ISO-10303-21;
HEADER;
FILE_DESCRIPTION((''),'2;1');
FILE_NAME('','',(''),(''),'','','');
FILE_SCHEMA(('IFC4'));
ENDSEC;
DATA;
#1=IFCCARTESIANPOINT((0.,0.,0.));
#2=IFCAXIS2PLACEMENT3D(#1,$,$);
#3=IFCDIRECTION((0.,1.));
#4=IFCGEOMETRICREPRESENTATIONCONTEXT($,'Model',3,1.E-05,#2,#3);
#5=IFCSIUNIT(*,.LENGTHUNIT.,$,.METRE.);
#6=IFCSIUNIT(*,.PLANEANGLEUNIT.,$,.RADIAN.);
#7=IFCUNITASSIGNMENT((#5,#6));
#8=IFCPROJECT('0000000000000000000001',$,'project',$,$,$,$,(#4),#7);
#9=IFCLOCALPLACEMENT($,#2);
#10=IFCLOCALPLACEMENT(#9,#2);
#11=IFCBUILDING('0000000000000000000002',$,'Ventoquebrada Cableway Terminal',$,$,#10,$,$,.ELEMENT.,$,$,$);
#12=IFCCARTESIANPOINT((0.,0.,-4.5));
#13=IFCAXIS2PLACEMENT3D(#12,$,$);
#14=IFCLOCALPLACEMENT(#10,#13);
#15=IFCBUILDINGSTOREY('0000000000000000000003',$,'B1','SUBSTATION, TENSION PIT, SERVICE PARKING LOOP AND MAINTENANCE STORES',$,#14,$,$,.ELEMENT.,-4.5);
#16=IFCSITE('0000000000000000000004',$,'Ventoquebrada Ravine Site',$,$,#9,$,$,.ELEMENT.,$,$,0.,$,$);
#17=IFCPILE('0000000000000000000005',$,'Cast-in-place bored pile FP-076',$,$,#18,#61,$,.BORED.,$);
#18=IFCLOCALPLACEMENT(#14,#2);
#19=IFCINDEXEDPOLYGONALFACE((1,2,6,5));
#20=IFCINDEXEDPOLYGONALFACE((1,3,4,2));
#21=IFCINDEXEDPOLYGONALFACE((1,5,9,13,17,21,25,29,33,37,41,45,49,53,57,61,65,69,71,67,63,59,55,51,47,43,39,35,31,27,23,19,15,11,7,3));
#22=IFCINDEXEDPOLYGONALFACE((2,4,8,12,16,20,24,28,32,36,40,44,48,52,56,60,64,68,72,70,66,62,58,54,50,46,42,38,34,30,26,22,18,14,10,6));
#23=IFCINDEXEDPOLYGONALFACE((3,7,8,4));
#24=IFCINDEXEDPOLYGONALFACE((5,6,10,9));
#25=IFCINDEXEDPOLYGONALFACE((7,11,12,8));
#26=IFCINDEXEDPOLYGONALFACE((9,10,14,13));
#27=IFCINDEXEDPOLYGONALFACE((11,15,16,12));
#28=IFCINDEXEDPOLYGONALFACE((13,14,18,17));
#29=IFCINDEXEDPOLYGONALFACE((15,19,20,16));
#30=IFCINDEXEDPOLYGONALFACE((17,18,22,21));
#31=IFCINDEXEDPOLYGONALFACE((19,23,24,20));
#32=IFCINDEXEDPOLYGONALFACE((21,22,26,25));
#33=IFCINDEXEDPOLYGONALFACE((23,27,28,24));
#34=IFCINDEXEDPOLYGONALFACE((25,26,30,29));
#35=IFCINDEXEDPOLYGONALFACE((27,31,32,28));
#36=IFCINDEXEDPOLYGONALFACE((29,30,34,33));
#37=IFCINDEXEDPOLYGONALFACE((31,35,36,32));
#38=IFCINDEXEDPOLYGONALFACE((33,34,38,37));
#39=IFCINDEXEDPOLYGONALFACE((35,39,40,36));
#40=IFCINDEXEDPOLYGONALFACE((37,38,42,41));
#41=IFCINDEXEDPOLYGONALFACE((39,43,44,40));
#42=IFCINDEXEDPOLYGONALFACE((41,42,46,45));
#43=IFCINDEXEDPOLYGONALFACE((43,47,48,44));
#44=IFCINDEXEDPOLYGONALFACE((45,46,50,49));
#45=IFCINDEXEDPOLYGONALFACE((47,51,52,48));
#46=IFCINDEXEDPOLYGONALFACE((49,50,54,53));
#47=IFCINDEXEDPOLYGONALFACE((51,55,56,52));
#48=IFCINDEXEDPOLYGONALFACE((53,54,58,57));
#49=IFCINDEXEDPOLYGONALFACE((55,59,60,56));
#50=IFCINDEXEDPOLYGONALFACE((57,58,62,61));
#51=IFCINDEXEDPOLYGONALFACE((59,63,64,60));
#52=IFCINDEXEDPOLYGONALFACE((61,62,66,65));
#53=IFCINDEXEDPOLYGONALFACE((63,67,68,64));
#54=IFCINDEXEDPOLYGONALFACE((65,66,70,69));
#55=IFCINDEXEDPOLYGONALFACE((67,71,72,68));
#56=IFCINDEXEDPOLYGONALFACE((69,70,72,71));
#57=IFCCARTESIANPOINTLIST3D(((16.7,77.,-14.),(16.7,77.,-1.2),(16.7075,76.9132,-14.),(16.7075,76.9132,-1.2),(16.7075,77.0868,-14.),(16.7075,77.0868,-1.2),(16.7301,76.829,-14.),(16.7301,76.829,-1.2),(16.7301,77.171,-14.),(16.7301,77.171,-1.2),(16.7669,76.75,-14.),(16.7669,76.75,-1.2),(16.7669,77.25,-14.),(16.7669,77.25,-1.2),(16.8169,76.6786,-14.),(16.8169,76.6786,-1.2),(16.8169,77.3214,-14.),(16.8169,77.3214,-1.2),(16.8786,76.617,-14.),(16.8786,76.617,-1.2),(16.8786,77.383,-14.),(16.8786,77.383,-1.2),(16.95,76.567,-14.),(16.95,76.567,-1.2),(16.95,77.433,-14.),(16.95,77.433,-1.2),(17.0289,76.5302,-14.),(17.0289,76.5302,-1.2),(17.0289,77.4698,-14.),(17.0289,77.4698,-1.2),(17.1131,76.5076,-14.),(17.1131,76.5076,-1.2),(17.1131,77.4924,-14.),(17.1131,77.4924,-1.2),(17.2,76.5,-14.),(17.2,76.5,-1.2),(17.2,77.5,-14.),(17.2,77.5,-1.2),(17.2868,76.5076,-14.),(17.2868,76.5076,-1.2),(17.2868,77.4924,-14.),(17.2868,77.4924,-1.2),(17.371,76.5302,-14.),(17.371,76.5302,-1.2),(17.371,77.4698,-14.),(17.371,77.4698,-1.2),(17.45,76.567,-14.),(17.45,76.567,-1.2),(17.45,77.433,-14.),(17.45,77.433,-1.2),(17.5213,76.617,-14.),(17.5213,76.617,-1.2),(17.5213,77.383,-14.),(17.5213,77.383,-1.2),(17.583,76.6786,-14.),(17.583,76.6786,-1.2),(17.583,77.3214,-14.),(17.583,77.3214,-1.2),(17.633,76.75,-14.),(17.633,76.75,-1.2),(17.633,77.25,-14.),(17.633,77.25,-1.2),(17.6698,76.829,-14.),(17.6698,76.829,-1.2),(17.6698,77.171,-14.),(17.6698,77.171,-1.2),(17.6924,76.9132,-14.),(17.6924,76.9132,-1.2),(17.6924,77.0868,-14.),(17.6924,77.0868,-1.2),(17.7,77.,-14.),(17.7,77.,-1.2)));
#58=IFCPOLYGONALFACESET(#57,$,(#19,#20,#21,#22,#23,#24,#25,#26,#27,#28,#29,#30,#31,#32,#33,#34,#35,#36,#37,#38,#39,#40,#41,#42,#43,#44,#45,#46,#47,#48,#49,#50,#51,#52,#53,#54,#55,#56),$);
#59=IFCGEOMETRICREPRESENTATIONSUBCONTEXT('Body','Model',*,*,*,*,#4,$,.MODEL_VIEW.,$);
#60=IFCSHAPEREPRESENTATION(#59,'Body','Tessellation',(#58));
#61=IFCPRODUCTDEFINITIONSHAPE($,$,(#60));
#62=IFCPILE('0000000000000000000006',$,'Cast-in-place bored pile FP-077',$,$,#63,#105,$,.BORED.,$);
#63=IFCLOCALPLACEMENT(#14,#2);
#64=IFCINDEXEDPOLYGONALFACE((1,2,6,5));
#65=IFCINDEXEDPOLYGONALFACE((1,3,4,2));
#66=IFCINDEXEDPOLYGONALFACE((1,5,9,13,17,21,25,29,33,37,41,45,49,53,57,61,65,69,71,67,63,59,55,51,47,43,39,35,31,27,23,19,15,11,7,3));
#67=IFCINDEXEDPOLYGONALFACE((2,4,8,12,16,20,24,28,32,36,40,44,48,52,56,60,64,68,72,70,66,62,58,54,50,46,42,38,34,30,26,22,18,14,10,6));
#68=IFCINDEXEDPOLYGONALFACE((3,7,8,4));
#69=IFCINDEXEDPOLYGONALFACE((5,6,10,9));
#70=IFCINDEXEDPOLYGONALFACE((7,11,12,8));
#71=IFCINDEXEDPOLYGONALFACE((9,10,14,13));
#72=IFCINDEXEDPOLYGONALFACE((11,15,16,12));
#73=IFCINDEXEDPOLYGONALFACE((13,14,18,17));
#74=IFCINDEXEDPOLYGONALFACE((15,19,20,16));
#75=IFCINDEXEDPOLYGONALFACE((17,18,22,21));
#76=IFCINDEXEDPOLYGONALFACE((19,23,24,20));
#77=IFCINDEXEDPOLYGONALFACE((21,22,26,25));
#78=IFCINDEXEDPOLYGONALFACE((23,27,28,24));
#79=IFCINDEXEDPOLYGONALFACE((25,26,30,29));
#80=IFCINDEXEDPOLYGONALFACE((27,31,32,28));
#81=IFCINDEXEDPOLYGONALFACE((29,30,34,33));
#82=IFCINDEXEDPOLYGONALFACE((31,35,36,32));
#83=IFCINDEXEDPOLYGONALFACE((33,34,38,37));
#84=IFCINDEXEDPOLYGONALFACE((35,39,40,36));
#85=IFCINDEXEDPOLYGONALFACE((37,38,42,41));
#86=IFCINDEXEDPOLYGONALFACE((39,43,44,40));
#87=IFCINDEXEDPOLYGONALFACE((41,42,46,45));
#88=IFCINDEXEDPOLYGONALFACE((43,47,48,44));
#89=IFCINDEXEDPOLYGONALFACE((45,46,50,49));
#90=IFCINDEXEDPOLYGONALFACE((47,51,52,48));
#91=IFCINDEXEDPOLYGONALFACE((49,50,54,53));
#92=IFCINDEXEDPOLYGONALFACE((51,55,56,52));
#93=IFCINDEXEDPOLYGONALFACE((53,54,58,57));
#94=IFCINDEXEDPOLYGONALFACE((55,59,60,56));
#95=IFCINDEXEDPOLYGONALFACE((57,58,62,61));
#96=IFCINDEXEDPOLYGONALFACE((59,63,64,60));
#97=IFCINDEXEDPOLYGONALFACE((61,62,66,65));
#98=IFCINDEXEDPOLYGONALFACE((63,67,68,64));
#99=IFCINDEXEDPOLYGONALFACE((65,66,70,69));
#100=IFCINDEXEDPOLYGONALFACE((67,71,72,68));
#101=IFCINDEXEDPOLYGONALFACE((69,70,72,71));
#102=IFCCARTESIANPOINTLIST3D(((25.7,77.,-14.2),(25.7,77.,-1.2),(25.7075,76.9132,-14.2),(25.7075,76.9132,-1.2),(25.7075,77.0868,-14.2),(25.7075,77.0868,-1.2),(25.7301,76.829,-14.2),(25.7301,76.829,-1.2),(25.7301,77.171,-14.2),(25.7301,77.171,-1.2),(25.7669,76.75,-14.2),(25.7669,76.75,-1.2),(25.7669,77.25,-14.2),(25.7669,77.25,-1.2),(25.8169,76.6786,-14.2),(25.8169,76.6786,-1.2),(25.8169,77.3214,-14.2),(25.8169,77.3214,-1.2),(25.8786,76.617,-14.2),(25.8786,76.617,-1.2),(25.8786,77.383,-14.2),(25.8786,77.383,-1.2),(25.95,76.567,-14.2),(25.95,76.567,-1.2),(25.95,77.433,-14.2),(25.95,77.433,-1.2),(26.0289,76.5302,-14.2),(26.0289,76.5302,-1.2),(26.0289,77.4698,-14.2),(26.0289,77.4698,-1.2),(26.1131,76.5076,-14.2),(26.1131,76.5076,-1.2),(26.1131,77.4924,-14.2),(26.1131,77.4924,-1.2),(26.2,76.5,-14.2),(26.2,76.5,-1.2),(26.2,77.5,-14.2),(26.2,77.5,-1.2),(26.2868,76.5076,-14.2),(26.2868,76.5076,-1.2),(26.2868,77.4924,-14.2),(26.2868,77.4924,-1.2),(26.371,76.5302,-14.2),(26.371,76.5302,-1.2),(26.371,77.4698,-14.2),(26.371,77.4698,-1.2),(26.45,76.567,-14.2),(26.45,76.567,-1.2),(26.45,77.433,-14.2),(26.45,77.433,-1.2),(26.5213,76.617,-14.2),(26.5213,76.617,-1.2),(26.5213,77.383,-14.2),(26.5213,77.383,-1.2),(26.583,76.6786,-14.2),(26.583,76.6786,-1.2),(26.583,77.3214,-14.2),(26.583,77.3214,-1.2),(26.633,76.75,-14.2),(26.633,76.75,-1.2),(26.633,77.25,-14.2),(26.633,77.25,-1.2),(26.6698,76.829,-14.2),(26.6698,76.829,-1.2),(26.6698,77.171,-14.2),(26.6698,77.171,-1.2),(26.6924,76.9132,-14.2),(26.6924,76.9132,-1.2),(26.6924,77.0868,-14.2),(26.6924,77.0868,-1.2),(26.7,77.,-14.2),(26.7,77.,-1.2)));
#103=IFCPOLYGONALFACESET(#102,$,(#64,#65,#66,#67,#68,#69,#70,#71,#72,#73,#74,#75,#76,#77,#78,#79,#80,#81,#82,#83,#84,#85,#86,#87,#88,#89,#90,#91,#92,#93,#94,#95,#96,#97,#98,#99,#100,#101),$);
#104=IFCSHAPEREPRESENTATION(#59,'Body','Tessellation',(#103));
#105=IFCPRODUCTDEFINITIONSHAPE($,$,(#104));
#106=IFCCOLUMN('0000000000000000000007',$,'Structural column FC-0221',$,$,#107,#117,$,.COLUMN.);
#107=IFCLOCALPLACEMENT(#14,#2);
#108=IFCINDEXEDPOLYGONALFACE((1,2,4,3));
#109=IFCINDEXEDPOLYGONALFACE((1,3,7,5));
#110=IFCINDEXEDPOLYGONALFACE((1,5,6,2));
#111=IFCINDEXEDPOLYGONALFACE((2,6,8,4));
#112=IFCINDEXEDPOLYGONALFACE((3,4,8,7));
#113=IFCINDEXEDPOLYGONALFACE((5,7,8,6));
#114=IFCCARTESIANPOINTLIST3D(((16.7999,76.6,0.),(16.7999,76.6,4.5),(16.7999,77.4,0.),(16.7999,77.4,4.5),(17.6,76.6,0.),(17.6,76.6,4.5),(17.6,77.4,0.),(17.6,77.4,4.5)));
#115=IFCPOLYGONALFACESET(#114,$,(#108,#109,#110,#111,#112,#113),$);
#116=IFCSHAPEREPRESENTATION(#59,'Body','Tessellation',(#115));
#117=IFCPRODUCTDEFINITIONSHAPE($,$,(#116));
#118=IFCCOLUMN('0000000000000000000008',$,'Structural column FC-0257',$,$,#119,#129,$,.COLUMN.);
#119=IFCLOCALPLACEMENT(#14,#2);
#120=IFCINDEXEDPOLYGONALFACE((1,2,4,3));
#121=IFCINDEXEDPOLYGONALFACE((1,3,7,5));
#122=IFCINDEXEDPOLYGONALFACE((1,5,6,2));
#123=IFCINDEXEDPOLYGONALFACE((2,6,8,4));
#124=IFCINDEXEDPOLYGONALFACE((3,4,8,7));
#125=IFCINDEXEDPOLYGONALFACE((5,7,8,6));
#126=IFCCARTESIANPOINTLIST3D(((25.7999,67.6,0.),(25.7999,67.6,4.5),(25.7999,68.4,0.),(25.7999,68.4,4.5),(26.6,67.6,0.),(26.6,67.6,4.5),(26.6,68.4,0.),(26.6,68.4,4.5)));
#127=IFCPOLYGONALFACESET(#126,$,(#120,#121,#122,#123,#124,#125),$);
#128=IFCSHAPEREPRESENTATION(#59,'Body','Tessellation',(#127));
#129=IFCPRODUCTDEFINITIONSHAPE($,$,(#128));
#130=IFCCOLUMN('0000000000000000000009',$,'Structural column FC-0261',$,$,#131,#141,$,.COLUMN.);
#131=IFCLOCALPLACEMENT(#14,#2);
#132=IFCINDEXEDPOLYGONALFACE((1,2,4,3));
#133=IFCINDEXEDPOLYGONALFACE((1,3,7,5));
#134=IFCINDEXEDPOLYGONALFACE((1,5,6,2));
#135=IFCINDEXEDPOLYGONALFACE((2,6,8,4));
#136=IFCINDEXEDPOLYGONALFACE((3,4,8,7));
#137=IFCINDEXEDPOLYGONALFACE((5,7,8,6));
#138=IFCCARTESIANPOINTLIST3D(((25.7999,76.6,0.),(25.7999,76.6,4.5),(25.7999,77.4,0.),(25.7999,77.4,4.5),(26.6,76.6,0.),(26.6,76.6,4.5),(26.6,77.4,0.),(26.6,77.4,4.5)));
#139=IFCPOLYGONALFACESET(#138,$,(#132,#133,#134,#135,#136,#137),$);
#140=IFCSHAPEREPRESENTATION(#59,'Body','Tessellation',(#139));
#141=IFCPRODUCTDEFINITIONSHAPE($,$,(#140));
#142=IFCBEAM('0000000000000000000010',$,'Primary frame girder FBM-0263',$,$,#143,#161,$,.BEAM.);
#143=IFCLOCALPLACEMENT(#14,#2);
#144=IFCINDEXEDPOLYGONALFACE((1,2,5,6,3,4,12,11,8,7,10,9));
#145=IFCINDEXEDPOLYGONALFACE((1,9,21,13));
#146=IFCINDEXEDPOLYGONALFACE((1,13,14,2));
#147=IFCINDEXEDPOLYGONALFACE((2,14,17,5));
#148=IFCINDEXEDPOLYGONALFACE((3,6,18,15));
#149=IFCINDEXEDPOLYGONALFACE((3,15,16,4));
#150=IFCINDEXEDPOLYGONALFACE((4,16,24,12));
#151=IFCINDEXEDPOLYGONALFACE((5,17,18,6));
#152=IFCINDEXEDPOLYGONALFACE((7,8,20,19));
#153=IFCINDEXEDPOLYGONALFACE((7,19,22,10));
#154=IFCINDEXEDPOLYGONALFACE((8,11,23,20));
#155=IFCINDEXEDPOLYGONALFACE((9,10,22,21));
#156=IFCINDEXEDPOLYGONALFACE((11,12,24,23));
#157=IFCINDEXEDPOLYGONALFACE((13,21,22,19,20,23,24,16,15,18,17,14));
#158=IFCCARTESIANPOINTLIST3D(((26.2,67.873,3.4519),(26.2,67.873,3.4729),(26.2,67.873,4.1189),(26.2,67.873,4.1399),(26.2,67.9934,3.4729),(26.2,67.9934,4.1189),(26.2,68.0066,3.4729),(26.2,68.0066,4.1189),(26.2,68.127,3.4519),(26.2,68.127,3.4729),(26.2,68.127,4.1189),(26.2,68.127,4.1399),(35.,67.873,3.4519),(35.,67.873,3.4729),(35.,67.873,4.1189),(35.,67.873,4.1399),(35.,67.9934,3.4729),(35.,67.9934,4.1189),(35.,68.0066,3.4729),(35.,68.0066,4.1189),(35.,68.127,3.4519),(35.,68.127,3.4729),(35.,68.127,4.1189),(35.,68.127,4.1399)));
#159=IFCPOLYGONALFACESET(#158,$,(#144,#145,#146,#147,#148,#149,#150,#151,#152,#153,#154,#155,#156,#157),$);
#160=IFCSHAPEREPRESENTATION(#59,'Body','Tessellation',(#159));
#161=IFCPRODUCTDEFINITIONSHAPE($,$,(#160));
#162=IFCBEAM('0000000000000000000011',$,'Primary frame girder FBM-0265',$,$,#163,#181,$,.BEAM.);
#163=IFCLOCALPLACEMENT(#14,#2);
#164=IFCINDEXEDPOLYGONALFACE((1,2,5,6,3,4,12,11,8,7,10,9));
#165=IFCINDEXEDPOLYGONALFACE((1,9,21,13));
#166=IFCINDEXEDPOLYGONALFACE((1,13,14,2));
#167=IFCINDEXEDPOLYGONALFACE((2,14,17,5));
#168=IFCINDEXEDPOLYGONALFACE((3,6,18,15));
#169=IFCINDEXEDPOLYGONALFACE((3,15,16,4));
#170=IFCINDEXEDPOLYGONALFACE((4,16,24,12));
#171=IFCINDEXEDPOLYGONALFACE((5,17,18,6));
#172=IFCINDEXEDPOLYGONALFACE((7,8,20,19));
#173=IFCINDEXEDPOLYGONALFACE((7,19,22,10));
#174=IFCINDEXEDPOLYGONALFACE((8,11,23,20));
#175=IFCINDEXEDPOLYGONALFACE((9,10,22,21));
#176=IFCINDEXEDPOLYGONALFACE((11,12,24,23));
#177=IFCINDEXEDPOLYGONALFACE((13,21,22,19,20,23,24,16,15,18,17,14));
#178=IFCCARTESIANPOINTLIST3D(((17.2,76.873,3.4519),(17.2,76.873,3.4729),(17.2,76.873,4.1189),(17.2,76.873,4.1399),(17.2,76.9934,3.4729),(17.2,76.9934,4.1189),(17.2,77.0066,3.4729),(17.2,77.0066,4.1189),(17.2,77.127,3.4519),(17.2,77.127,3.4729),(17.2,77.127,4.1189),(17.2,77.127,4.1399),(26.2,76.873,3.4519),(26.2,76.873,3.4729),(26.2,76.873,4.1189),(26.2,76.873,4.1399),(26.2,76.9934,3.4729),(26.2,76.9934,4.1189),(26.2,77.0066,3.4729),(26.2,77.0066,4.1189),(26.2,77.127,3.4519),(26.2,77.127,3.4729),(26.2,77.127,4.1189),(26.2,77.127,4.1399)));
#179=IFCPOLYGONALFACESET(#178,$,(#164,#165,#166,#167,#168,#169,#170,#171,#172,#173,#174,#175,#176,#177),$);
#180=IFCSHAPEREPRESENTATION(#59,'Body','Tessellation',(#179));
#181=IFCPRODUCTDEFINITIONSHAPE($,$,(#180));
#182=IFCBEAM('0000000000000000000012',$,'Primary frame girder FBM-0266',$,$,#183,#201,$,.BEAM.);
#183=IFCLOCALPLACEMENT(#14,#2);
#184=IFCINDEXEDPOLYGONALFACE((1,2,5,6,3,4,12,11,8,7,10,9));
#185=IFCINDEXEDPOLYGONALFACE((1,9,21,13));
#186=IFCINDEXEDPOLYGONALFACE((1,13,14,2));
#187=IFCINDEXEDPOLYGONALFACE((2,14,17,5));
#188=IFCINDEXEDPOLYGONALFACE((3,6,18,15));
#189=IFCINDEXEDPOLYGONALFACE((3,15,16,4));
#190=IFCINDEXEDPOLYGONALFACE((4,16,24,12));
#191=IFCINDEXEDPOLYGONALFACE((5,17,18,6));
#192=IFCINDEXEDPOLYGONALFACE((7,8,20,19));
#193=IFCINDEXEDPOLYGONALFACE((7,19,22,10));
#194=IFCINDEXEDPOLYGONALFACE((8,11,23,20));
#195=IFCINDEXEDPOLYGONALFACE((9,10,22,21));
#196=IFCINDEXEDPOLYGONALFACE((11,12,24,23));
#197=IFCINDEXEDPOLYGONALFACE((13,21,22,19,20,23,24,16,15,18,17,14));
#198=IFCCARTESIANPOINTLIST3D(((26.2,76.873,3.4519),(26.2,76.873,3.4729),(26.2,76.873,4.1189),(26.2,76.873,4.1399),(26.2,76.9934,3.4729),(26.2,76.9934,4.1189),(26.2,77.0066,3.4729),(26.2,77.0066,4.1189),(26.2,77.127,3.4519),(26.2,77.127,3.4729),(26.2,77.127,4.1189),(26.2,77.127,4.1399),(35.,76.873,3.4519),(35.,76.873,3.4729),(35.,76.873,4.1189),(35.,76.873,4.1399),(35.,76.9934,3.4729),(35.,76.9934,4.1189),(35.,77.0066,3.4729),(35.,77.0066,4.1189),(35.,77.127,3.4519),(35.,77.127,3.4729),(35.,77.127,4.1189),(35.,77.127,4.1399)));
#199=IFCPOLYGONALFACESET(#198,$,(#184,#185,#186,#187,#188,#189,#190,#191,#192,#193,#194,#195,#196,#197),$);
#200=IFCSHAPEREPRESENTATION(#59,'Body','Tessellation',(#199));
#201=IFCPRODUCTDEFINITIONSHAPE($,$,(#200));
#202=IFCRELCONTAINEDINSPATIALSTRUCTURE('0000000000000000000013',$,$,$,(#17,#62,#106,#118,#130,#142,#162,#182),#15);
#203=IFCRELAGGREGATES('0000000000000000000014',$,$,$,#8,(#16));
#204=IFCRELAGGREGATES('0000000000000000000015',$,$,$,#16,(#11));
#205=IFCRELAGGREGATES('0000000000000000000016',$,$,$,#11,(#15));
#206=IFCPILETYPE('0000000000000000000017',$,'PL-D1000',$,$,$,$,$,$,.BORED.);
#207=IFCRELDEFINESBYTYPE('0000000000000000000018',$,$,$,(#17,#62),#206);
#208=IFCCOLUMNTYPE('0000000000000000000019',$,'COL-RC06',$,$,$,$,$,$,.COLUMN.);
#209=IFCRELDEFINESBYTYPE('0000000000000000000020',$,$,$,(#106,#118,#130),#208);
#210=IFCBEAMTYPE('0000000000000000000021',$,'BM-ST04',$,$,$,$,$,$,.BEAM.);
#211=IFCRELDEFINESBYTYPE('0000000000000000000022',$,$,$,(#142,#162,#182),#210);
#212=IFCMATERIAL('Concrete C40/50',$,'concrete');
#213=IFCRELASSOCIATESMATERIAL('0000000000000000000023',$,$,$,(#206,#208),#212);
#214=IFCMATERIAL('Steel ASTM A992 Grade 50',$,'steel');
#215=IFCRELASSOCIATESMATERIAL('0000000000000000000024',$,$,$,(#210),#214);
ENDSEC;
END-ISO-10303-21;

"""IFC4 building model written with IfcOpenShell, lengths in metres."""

from ifc_helpers import new_model, si_unit, direction, frame, origin, origin_2d, place, context, subcontext, project, spatial, rectangle, circle, i_section, extrude, material, material_profile, profile_set, type_object, element, save


model = new_model("IFC4")

# Units and contexts
model_context = context("Model", 3, precision=1e-05, world=origin(), true_north=direction((0.0, 1.0)))
body_context = subcontext(model_context, "Body", "Model", "MODEL_VIEW")
ifc_project = project(units=[si_unit("LENGTHUNIT", "METRE"), si_unit("PLANEANGLEUNIT", "RADIAN")], contexts=[model_context])

# Site, building, storey
site_placement = place(None, origin())
site = spatial("IfcSite", under=ifc_project, at=site_placement, Name="Ventoquebrada Ravine Site", CompositionType="ELEMENT", RefElevation=0.0)
building_placement = place(site_placement, origin())
building = spatial("IfcBuilding", under=site, at=building_placement, Name="Ventoquebrada Cableway Terminal", CompositionType="ELEMENT")
storey_placement = place(building_placement, frame((0.0, 0.0, -4.5)))
storey = spatial("IfcBuildingStorey", under=building, at=storey_placement, Name="B1", Description="SUBSTATION, TENSION PIT, SERVICE PARKING LOOP AND MAINTENANCE STORES", CompositionType="ELEMENT", Elevation=-4.5)

# Shared definitions
ifc_material_1 = material(Name="Concrete C40/50", Category="concrete")

# Piles
ifc_material_profile_1 = material_profile(ifc_material_1, circle(Radius=0.5, at=origin_2d()), Name="PILE-D1000")
ifc_profile_set_1 = profile_set([ifc_material_profile_1], Name="Concrete C40/50")
pile_type = type_object("IfcPileType", Name="PL-D1000", PredefinedType="BORED", material=ifc_profile_set_1)
pile_1_placement = place(storey_placement, frame((17.2, 77.0, -1.2), z_axis=(0.0, 0.0, -1.0), x_axis=(1.0, 0.0, 0.0)))
element("IfcPile", 1, at=pile_1_placement, inside=storey, type_object=pile_type, Name="Cast-in-place bored pile FP-076", PredefinedType="BORED", context=body_context, shape_type="SweptSolid", body=[
    extrude(circle(Radius=0.5, at=origin_2d()), origin(), (0.0, 0.0, 1.0), 12.8),
])
pile_2_placement = place(storey_placement, frame((26.2, 77.0, -1.2), z_axis=(0.0, 0.0, -1.0), x_axis=(1.0, 0.0, 0.0)))
element("IfcPile", 2, at=pile_2_placement, inside=storey, type_object=pile_type, Name="Cast-in-place bored pile FP-077", PredefinedType="BORED", context=body_context, shape_type="SweptSolid", body=[
    extrude(circle(Radius=0.5, at=origin_2d()), origin(), (0.0, 0.0, 1.0), 13.0),
])

# Columns
ifc_material_profile_2 = material_profile(ifc_material_1, rectangle(XDim=0.8, YDim=0.8, at=origin_2d()), Name="RC-COL-800X800")
ifc_profile_set_2 = profile_set([ifc_material_profile_2], Name="Concrete C40/50")
column_type = type_object("IfcColumnType", Name="COL-RC06", PredefinedType="COLUMN", material=ifc_profile_set_2)
for number, where, z_axis, x_axis, name in (
    (3, (17.2, 77.0, 0.0), (0.0, 0.0, 1.0), (1.0, 0.0, 0.0), "Structural column FC-0221"),
    (4, (26.2, 68.0, 0.0), (0.0, 0.0, 1.0), (1.0, 0.0, 0.0), "Structural column FC-0257"),
    (5, (26.2, 77.0, 0.0), (0.0, 0.0, 1.0), (1.0, 0.0, 0.0), "Structural column FC-0261"),
):
    element("IfcColumn", number, at=place(storey_placement, frame(where, z_axis=z_axis, x_axis=x_axis)), inside=storey, type_object=column_type, Name=name, PredefinedType="COLUMN", context=body_context, shape_type="SweptSolid", body=[
        extrude(rectangle(XDim=0.8, YDim=0.8, at=origin_2d()), origin(), (0.0, 0.0, 1.0), 4.5),
    ])

# Beams
ifc_material_2 = material(Name="Steel ASTM A992 Grade 50", Category="steel")
ifc_material_profile_3 = material_profile(ifc_material_2, i_section(OverallWidth=0.2539, OverallDepth=0.688, WebThickness=0.0132, FlangeThickness=0.021, at=origin_2d()), Name="W27X102")
ifc_profile_set_3 = profile_set([ifc_material_profile_3], Name="Steel ASTM A992 Grade 50")
beam_type = type_object("IfcBeamType", Name="BM-ST04", PredefinedType="BEAM", material=ifc_profile_set_3)
beam_1_placement = place(storey_placement, frame((26.2, 68.0, 3.7959), z_axis=(1.0, 0.0, 0.0), x_axis=(0.0, 1.0, 0.0)))
element("IfcBeam", 6, at=beam_1_placement, inside=storey, type_object=beam_type, Name="Primary frame girder FBM-0263", PredefinedType="BEAM", context=body_context, shape_type="SweptSolid", body=[
    extrude(i_section(OverallWidth=0.2539, OverallDepth=0.688, WebThickness=0.0132, FlangeThickness=0.021, at=origin_2d()), origin(), (0.0, 0.0, 1.0), 8.8),
])
beam_2_placement = place(storey_placement, frame((17.2, 77.0, 3.7959), z_axis=(1.0, 0.0, 0.0), x_axis=(0.0, 1.0, 0.0)))
element("IfcBeam", 7, at=beam_2_placement, inside=storey, type_object=beam_type, Name="Primary frame girder FBM-0265", PredefinedType="BEAM", context=body_context, shape_type="SweptSolid", body=[
    extrude(i_section(OverallWidth=0.2539, OverallDepth=0.688, WebThickness=0.0132, FlangeThickness=0.021, at=origin_2d()), origin(), (0.0, 0.0, 1.0), 9.0),
])
beam_3_placement = place(storey_placement, frame((26.2, 77.0, 3.7959), z_axis=(1.0, 0.0, 0.0), x_axis=(0.0, 1.0, 0.0)))
element("IfcBeam", 8, at=beam_3_placement, inside=storey, type_object=beam_type, Name="Primary frame girder FBM-0266", PredefinedType="BEAM", context=body_context, shape_type="SweptSolid", body=[
    extrude(i_section(OverallWidth=0.2539, OverallDepth=0.688, WebThickness=0.0132, FlangeThickness=0.021, at=origin_2d()), origin(), (0.0, 0.0, 1.0), 8.8),
])

save(model, "model.ifc")
